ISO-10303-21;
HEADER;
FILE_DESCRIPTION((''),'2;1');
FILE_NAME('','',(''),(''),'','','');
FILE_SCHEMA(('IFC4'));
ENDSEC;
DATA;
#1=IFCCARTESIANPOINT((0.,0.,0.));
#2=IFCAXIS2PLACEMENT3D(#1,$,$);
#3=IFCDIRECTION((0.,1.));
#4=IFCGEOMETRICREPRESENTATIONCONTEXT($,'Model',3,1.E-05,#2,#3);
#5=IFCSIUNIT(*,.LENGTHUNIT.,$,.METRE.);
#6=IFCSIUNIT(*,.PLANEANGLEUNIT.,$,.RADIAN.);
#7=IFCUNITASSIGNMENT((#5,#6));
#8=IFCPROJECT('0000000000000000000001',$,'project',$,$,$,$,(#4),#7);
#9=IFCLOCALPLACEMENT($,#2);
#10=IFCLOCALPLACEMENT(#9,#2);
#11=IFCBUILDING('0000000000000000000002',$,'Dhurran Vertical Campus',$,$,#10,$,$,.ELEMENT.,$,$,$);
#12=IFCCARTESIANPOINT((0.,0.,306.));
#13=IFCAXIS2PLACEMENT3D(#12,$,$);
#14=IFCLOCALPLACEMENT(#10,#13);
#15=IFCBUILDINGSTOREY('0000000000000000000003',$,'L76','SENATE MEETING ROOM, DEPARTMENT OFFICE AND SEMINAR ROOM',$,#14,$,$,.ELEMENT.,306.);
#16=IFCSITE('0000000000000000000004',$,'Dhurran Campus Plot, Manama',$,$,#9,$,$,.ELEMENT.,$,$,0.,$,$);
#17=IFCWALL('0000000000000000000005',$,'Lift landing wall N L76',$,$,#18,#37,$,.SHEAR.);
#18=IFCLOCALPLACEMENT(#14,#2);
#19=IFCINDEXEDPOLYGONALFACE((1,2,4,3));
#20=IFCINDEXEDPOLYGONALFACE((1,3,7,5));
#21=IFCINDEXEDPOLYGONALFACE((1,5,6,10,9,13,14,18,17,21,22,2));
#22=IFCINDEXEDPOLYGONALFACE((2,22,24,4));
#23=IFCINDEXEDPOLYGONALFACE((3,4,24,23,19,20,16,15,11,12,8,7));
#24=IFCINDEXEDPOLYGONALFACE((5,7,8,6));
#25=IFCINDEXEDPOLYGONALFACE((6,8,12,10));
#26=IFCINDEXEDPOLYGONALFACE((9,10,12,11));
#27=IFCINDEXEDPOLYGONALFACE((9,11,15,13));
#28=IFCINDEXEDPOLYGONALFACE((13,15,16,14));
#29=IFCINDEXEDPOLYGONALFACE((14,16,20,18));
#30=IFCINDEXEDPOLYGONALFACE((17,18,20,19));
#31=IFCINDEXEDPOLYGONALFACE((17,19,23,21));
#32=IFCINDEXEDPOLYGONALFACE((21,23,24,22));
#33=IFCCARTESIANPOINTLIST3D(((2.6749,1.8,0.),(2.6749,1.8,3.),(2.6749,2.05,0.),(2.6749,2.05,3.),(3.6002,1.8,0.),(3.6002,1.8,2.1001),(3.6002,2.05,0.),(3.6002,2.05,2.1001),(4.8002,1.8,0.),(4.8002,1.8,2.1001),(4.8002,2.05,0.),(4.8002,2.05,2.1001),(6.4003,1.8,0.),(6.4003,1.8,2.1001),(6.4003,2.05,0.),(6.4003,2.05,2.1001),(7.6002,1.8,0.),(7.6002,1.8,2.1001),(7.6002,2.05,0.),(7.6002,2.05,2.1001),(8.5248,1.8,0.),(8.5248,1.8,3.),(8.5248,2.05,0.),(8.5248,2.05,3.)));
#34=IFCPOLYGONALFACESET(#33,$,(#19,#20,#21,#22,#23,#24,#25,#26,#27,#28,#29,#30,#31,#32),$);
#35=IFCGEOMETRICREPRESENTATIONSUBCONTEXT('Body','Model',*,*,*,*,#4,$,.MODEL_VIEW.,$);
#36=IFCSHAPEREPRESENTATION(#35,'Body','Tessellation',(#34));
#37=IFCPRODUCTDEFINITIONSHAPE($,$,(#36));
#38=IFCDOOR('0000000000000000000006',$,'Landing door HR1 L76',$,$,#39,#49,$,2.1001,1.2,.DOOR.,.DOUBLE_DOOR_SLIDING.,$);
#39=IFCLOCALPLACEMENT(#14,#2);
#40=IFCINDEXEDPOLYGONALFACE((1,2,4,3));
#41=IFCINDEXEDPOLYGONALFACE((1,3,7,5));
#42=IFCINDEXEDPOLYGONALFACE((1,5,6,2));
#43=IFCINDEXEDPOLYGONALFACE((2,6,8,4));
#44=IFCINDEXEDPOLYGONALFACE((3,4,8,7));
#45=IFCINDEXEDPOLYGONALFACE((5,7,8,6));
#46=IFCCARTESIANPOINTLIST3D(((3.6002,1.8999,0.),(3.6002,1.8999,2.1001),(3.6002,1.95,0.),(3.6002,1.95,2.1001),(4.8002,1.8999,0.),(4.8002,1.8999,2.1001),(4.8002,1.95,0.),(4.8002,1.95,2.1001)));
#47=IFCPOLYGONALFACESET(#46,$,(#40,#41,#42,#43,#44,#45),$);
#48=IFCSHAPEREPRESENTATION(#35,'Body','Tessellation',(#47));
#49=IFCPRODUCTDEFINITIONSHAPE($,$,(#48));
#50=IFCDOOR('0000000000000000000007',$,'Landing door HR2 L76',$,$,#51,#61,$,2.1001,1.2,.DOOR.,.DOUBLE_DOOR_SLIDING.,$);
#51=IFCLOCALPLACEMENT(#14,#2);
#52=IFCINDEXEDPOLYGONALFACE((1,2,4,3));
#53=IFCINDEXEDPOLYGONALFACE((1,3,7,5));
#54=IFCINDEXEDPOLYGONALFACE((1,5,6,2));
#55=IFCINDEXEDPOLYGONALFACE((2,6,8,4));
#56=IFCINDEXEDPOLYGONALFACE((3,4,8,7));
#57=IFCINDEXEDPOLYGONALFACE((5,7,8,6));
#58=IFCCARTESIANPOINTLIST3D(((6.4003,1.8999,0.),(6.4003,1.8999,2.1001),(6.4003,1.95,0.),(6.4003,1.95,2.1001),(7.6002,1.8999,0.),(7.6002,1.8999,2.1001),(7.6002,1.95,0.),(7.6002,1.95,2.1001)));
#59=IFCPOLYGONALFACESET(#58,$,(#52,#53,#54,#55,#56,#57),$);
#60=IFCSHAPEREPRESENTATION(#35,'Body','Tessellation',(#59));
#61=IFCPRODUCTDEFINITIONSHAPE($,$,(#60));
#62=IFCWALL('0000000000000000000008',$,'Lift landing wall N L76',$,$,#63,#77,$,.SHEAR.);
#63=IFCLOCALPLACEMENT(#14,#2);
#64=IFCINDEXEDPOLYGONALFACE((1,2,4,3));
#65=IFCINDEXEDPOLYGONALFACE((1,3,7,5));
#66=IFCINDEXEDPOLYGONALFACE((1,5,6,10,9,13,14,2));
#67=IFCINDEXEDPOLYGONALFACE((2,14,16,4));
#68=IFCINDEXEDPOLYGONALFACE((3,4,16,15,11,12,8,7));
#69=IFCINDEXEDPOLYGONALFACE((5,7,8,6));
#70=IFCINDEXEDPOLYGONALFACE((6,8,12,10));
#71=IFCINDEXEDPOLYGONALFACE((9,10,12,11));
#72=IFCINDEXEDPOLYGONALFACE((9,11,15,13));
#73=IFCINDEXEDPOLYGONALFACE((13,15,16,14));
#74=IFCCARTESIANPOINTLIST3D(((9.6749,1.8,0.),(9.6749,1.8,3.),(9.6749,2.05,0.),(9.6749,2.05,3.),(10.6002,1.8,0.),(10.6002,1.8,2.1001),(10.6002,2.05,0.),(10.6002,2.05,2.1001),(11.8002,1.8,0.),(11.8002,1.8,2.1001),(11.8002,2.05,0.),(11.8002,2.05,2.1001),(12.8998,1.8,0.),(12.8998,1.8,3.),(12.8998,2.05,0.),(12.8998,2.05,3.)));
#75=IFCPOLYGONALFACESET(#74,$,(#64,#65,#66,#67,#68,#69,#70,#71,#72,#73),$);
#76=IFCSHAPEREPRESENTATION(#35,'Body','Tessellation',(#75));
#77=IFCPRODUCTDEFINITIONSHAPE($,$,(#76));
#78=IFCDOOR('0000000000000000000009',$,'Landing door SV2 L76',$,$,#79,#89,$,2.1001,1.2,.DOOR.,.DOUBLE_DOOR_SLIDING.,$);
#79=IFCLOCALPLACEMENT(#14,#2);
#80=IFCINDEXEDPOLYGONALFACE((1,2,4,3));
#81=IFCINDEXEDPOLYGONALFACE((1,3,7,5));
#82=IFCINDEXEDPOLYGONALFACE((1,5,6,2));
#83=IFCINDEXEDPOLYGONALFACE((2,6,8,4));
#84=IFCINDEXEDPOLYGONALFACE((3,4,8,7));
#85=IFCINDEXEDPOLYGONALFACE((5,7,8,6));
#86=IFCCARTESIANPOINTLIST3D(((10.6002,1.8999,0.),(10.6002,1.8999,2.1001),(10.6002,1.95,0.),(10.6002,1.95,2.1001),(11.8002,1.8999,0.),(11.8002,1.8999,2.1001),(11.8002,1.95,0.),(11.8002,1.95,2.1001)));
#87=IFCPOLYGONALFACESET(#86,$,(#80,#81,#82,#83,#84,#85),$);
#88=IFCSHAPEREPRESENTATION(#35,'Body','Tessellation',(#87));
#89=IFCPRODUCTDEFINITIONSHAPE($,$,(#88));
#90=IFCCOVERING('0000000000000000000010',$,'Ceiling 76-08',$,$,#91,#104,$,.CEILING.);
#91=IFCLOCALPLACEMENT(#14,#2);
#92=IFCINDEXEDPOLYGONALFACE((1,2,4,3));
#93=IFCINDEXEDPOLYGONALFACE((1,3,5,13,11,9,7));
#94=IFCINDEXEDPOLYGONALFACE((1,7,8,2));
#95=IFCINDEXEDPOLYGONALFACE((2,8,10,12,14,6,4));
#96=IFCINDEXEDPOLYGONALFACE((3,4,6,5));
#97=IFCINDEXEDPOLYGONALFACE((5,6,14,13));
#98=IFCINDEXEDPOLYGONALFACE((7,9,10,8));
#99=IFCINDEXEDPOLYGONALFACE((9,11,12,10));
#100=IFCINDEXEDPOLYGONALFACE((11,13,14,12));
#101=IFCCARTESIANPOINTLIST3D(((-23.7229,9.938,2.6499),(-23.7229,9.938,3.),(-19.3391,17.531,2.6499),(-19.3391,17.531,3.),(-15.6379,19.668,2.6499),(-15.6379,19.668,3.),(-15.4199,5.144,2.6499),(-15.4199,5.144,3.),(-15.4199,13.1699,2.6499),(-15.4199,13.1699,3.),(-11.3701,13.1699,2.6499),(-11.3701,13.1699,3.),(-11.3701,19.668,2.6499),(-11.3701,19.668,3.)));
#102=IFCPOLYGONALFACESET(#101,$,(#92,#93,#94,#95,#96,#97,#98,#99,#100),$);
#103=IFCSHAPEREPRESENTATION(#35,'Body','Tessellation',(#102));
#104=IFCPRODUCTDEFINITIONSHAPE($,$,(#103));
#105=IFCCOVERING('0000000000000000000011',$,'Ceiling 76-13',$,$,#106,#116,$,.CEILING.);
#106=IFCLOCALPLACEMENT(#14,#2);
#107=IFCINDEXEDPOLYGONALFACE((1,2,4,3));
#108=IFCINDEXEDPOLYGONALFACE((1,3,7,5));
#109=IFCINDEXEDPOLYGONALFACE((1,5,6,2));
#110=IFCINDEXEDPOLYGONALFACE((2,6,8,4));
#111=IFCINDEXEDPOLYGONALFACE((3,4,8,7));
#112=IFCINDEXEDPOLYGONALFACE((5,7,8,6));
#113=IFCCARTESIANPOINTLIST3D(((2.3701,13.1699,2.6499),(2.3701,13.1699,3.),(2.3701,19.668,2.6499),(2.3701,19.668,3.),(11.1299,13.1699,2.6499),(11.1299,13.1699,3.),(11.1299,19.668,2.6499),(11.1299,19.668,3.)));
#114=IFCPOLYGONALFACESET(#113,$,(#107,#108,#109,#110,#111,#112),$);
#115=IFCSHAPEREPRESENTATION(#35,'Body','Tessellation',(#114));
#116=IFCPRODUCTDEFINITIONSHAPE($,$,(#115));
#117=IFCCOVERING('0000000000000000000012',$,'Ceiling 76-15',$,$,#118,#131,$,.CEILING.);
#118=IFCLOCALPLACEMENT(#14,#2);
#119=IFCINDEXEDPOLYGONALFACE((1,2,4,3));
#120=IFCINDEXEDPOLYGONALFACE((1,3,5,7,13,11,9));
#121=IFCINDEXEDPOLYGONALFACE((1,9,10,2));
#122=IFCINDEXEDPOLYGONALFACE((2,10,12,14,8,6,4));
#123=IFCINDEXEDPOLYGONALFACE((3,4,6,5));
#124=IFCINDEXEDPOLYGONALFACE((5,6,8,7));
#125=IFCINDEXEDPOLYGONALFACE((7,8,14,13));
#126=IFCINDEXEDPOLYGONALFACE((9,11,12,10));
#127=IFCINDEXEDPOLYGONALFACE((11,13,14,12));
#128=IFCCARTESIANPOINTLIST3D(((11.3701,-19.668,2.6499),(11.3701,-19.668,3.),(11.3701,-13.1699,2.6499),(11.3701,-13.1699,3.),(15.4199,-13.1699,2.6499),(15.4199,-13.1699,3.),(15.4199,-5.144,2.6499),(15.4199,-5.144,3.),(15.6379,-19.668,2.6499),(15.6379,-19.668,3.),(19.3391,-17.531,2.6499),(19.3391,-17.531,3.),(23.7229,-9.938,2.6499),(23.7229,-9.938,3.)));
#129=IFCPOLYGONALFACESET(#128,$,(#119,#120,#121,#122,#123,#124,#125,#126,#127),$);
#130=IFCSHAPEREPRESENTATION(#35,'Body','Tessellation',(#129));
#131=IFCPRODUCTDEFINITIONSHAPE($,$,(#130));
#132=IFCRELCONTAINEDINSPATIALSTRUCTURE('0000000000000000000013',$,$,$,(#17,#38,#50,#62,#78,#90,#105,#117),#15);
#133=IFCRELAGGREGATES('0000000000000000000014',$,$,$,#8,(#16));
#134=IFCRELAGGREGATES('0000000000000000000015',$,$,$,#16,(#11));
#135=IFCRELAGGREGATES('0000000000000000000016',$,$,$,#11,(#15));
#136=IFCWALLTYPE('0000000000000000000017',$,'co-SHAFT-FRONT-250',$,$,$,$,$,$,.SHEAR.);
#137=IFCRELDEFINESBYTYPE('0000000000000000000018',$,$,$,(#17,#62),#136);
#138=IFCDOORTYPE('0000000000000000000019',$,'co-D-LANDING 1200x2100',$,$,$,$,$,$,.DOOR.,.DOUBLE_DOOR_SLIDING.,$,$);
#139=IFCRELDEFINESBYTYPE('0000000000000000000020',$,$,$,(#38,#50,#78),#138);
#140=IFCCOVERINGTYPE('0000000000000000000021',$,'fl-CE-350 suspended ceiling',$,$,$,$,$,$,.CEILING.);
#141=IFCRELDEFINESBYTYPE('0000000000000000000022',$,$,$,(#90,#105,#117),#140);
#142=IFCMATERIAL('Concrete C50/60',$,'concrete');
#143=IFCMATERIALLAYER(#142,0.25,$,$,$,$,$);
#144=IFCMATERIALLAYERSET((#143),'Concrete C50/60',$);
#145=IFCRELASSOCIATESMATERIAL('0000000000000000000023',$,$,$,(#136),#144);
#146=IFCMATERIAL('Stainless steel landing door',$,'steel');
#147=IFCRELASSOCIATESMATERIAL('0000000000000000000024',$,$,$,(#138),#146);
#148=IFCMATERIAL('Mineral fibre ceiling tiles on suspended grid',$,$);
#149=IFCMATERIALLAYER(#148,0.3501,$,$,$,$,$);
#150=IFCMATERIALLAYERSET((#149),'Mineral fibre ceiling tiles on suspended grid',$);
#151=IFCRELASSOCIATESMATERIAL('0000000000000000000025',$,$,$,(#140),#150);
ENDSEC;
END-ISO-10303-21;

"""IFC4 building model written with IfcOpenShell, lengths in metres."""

from ifc_helpers import new_model, si_unit, direction, frame, frame_2d, origin, place, context, subcontext, project, spatial, polyline, rectangle, outline, extrude, material, layer, layer_set, type_object, element, fill, save


model = new_model("IFC4")

# Units and contexts
model_context = context("Model", 3, precision=1e-05, world=origin(), true_north=direction((0.0, 1.0)))
body_context = subcontext(model_context, "Body", "Model", "MODEL_VIEW")
ifc_project = project(units=[si_unit("LENGTHUNIT", "METRE"), si_unit("PLANEANGLEUNIT", "RADIAN")], contexts=[model_context])

# Site, building, storey
site_placement = place(None, origin())
site = spatial("IfcSite", under=ifc_project, at=site_placement, Name="Dhurran Campus Plot, Manama", CompositionType="ELEMENT", RefElevation=0.0)
building_placement = place(site_placement, origin())
building = spatial("IfcBuilding", under=site, at=building_placement, Name="Dhurran Vertical Campus", CompositionType="ELEMENT")
storey_placement = place(building_placement, frame((0.0, 0.0, 306.0)))
storey = spatial("IfcBuildingStorey", under=building, at=storey_placement, Name="L76", Description="SENATE MEETING ROOM, DEPARTMENT OFFICE AND SEMINAR ROOM", CompositionType="ELEMENT", Elevation=306.0)

# Wall, openings, doors
ifc_material_1 = material(Name="Concrete C50/60", Category="concrete")
ifc_layer_1 = layer(ifc_material_1, 0.25)
ifc_layer_set_1 = layer_set([ifc_layer_1], Name="Concrete C50/60")
wall_type_1 = type_object("IfcWallType", Name="co-SHAFT-FRONT-250", PredefinedType="SHEAR", material=ifc_layer_set_1)
wall_1_placement = place(storey_placement, frame((2.675, 1.925, 0.0), z_axis=(0.0, 0.0, 1.0), x_axis=(1.0, 0.0, 0.0)))
wall_1 = element("IfcWall", 1, at=wall_1_placement, inside=storey, type_object=wall_type_1, Name="Lift landing wall N L76", PredefinedType="SHEAR", context=body_context, shape_type="SweptSolid", body=[
    extrude(rectangle(XDim=5.8499, YDim=0.25, at=frame_2d((2.9248, 0.0))), origin(), (0.0, 0.0, 1.0), 3.0),
])
opening_1_placement = place(wall_1_placement, frame((0.925, 0.0, 0.0)))
opening_1 = element("IfcOpeningElement", 2, at=opening_1_placement, cuts=wall_1, PredefinedType="OPENING", context=body_context, shape_type="SweptSolid", body=[
    extrude(rectangle(XDim=1.2, YDim=2.1001, at=frame_2d((0.6001, 1.05))), frame((0.0, 0.135, 0.0), z_axis=(0.0, -1.0, 0.0), x_axis=(1.0, 0.0, 0.0)), (0.0, 0.0, 1.0), 0.27),
])
opening_2_placement = place(wall_1_placement, frame((3.7251, 0.0, 0.0)))
opening_2 = element("IfcOpeningElement", 3, at=opening_2_placement, cuts=wall_1, PredefinedType="OPENING", context=body_context, shape_type="SweptSolid", body=[
    extrude(rectangle(XDim=1.2, YDim=2.1001, at=frame_2d((0.6001, 1.05))), frame((0.0, 0.135, 0.0), z_axis=(0.0, -1.0, 0.0), x_axis=(1.0, 0.0, 0.0)), (0.0, 0.0, 1.0), 0.27),
])
ifc_material_2 = material(Name="Stainless steel landing door", Category="steel")
door_type_1 = type_object("IfcDoorType", Name="co-D-LANDING 1200x2100", OperationType="DOUBLE_DOOR_SLIDING", PredefinedType="DOOR", material=ifc_material_2)
door_1_placement = place(opening_1_placement, origin())
door_1 = element("IfcDoor", 4, at=door_1_placement, inside=storey, type_object=door_type_1, Name="Landing door HR1 L76", OperationType="DOUBLE_DOOR_SLIDING", OverallHeight=2.1001, OverallWidth=1.2, PredefinedType="DOOR", context=body_context, shape_type="SweptSolid", body=[
    extrude(rectangle(XDim=1.2, YDim=2.1001, at=frame_2d((0.6001, 1.05))), frame((0.0, 0.0249, 0.0), z_axis=(0.0, -1.0, 0.0), x_axis=(1.0, 0.0, 0.0)), (0.0, 0.0, 1.0), 0.05),
])
fill(opening_1, door_1)
door_2_placement = place(opening_2_placement, origin())
door_2 = element("IfcDoor", 5, at=door_2_placement, inside=storey, type_object=door_type_1, Name="Landing door HR2 L76", OperationType="DOUBLE_DOOR_SLIDING", OverallHeight=2.1001, OverallWidth=1.2, PredefinedType="DOOR", context=body_context, shape_type="SweptSolid", body=[
    extrude(rectangle(XDim=1.2, YDim=2.1001, at=frame_2d((0.6001, 1.05))), frame((0.0, 0.0249, 0.0), z_axis=(0.0, -1.0, 0.0), x_axis=(1.0, 0.0, 0.0)), (0.0, 0.0, 1.0), 0.05),
])
fill(opening_2, door_2)

# Wall, opening, door
wall_2_placement = place(storey_placement, frame((9.675, 1.925, 0.0), z_axis=(0.0, 0.0, 1.0), x_axis=(1.0, 0.0, 0.0)))
wall_2 = element("IfcWall", 6, at=wall_2_placement, inside=storey, type_object=wall_type_1, Name="Lift landing wall N L76", PredefinedType="SHEAR", context=body_context, shape_type="SweptSolid", body=[
    extrude(rectangle(XDim=3.2249, YDim=0.25, at=frame_2d((1.6123, 0.0))), origin(), (0.0, 0.0, 1.0), 3.0),
])
opening_3_placement = place(wall_2_placement, frame((0.925, 0.0, 0.0)))
opening_3 = element("IfcOpeningElement", 7, at=opening_3_placement, cuts=wall_2, PredefinedType="OPENING", context=body_context, shape_type="SweptSolid", body=[
    extrude(rectangle(XDim=1.2, YDim=2.1001, at=frame_2d((0.6001, 1.05))), frame((0.0, 0.135, 0.0), z_axis=(0.0, -1.0, 0.0), x_axis=(1.0, 0.0, 0.0)), (0.0, 0.0, 1.0), 0.27),
])
door_3_placement = place(opening_3_placement, origin())
door_3 = element("IfcDoor", 8, at=door_3_placement, inside=storey, type_object=door_type_1, Name="Landing door SV2 L76", OperationType="DOUBLE_DOOR_SLIDING", OverallHeight=2.1001, OverallWidth=1.2, PredefinedType="DOOR", context=body_context, shape_type="SweptSolid", body=[
    extrude(rectangle(XDim=1.2, YDim=2.1001, at=frame_2d((0.6001, 1.05))), frame((0.0, 0.0249, 0.0), z_axis=(0.0, -1.0, 0.0), x_axis=(1.0, 0.0, 0.0)), (0.0, 0.0, 1.0), 0.05),
])
fill(opening_3, door_3)

# Coverings
ifc_material_3 = material(Name="Mineral fibre ceiling tiles on suspended grid")
ifc_layer_2 = layer(ifc_material_3, 0.3501)
ifc_layer_set_2 = layer_set([ifc_layer_2], Name="Mineral fibre ceiling tiles on suspended grid")
covering_type = type_object("IfcCoveringType", Name="fl-CE-350 suspended ceiling", PredefinedType="CEILING", material=ifc_layer_set_2)
covering_1_placement = place(storey_placement, frame((0.0, 0.0, 2.6499)))
element("IfcCovering", 9, at=covering_1_placement, inside=storey, type_object=covering_type, Name="Ceiling 76-08", PredefinedType="CEILING", context=body_context, shape_type="SweptSolid", body=[
    extrude(outline(polyline([(-23.7229, 9.938), (-19.3391, 17.531), (-15.6379, 19.668), (-11.3701, 19.668), (-11.3701, 13.1699), (-15.4199, 13.1699), (-15.4199, 5.144), (-23.7229, 9.938)])), origin(), (0.0, 0.0, 1.0), 0.3501),
])
covering_2_placement = place(storey_placement, frame((0.0, 0.0, 2.6499)))
element("IfcCovering", 10, at=covering_2_placement, inside=storey, type_object=covering_type, Name="Ceiling 76-13", PredefinedType="CEILING", context=body_context, shape_type="SweptSolid", body=[
    extrude(outline(polyline([(2.3701, 19.668), (11.1299, 19.668), (11.1299, 13.1699), (2.3701, 13.1699), (2.3701, 19.668)])), origin(), (0.0, 0.0, 1.0), 0.3501),
])
covering_3_placement = place(storey_placement, frame((0.0, 0.0, 2.6499)))
element("IfcCovering", 11, at=covering_3_placement, inside=storey, type_object=covering_type, Name="Ceiling 76-15", PredefinedType="CEILING", context=body_context, shape_type="SweptSolid", body=[
    extrude(outline(polyline([(23.7229, -9.938), (19.3391, -17.531), (15.6379, -19.668), (11.3701, -19.668), (11.3701, -13.1699), (15.4199, -13.1699), (15.4199, -5.144), (23.7229, -9.938)])), origin(), (0.0, 0.0, 1.0), 0.3501),
])

save(model, "model.ifc")
